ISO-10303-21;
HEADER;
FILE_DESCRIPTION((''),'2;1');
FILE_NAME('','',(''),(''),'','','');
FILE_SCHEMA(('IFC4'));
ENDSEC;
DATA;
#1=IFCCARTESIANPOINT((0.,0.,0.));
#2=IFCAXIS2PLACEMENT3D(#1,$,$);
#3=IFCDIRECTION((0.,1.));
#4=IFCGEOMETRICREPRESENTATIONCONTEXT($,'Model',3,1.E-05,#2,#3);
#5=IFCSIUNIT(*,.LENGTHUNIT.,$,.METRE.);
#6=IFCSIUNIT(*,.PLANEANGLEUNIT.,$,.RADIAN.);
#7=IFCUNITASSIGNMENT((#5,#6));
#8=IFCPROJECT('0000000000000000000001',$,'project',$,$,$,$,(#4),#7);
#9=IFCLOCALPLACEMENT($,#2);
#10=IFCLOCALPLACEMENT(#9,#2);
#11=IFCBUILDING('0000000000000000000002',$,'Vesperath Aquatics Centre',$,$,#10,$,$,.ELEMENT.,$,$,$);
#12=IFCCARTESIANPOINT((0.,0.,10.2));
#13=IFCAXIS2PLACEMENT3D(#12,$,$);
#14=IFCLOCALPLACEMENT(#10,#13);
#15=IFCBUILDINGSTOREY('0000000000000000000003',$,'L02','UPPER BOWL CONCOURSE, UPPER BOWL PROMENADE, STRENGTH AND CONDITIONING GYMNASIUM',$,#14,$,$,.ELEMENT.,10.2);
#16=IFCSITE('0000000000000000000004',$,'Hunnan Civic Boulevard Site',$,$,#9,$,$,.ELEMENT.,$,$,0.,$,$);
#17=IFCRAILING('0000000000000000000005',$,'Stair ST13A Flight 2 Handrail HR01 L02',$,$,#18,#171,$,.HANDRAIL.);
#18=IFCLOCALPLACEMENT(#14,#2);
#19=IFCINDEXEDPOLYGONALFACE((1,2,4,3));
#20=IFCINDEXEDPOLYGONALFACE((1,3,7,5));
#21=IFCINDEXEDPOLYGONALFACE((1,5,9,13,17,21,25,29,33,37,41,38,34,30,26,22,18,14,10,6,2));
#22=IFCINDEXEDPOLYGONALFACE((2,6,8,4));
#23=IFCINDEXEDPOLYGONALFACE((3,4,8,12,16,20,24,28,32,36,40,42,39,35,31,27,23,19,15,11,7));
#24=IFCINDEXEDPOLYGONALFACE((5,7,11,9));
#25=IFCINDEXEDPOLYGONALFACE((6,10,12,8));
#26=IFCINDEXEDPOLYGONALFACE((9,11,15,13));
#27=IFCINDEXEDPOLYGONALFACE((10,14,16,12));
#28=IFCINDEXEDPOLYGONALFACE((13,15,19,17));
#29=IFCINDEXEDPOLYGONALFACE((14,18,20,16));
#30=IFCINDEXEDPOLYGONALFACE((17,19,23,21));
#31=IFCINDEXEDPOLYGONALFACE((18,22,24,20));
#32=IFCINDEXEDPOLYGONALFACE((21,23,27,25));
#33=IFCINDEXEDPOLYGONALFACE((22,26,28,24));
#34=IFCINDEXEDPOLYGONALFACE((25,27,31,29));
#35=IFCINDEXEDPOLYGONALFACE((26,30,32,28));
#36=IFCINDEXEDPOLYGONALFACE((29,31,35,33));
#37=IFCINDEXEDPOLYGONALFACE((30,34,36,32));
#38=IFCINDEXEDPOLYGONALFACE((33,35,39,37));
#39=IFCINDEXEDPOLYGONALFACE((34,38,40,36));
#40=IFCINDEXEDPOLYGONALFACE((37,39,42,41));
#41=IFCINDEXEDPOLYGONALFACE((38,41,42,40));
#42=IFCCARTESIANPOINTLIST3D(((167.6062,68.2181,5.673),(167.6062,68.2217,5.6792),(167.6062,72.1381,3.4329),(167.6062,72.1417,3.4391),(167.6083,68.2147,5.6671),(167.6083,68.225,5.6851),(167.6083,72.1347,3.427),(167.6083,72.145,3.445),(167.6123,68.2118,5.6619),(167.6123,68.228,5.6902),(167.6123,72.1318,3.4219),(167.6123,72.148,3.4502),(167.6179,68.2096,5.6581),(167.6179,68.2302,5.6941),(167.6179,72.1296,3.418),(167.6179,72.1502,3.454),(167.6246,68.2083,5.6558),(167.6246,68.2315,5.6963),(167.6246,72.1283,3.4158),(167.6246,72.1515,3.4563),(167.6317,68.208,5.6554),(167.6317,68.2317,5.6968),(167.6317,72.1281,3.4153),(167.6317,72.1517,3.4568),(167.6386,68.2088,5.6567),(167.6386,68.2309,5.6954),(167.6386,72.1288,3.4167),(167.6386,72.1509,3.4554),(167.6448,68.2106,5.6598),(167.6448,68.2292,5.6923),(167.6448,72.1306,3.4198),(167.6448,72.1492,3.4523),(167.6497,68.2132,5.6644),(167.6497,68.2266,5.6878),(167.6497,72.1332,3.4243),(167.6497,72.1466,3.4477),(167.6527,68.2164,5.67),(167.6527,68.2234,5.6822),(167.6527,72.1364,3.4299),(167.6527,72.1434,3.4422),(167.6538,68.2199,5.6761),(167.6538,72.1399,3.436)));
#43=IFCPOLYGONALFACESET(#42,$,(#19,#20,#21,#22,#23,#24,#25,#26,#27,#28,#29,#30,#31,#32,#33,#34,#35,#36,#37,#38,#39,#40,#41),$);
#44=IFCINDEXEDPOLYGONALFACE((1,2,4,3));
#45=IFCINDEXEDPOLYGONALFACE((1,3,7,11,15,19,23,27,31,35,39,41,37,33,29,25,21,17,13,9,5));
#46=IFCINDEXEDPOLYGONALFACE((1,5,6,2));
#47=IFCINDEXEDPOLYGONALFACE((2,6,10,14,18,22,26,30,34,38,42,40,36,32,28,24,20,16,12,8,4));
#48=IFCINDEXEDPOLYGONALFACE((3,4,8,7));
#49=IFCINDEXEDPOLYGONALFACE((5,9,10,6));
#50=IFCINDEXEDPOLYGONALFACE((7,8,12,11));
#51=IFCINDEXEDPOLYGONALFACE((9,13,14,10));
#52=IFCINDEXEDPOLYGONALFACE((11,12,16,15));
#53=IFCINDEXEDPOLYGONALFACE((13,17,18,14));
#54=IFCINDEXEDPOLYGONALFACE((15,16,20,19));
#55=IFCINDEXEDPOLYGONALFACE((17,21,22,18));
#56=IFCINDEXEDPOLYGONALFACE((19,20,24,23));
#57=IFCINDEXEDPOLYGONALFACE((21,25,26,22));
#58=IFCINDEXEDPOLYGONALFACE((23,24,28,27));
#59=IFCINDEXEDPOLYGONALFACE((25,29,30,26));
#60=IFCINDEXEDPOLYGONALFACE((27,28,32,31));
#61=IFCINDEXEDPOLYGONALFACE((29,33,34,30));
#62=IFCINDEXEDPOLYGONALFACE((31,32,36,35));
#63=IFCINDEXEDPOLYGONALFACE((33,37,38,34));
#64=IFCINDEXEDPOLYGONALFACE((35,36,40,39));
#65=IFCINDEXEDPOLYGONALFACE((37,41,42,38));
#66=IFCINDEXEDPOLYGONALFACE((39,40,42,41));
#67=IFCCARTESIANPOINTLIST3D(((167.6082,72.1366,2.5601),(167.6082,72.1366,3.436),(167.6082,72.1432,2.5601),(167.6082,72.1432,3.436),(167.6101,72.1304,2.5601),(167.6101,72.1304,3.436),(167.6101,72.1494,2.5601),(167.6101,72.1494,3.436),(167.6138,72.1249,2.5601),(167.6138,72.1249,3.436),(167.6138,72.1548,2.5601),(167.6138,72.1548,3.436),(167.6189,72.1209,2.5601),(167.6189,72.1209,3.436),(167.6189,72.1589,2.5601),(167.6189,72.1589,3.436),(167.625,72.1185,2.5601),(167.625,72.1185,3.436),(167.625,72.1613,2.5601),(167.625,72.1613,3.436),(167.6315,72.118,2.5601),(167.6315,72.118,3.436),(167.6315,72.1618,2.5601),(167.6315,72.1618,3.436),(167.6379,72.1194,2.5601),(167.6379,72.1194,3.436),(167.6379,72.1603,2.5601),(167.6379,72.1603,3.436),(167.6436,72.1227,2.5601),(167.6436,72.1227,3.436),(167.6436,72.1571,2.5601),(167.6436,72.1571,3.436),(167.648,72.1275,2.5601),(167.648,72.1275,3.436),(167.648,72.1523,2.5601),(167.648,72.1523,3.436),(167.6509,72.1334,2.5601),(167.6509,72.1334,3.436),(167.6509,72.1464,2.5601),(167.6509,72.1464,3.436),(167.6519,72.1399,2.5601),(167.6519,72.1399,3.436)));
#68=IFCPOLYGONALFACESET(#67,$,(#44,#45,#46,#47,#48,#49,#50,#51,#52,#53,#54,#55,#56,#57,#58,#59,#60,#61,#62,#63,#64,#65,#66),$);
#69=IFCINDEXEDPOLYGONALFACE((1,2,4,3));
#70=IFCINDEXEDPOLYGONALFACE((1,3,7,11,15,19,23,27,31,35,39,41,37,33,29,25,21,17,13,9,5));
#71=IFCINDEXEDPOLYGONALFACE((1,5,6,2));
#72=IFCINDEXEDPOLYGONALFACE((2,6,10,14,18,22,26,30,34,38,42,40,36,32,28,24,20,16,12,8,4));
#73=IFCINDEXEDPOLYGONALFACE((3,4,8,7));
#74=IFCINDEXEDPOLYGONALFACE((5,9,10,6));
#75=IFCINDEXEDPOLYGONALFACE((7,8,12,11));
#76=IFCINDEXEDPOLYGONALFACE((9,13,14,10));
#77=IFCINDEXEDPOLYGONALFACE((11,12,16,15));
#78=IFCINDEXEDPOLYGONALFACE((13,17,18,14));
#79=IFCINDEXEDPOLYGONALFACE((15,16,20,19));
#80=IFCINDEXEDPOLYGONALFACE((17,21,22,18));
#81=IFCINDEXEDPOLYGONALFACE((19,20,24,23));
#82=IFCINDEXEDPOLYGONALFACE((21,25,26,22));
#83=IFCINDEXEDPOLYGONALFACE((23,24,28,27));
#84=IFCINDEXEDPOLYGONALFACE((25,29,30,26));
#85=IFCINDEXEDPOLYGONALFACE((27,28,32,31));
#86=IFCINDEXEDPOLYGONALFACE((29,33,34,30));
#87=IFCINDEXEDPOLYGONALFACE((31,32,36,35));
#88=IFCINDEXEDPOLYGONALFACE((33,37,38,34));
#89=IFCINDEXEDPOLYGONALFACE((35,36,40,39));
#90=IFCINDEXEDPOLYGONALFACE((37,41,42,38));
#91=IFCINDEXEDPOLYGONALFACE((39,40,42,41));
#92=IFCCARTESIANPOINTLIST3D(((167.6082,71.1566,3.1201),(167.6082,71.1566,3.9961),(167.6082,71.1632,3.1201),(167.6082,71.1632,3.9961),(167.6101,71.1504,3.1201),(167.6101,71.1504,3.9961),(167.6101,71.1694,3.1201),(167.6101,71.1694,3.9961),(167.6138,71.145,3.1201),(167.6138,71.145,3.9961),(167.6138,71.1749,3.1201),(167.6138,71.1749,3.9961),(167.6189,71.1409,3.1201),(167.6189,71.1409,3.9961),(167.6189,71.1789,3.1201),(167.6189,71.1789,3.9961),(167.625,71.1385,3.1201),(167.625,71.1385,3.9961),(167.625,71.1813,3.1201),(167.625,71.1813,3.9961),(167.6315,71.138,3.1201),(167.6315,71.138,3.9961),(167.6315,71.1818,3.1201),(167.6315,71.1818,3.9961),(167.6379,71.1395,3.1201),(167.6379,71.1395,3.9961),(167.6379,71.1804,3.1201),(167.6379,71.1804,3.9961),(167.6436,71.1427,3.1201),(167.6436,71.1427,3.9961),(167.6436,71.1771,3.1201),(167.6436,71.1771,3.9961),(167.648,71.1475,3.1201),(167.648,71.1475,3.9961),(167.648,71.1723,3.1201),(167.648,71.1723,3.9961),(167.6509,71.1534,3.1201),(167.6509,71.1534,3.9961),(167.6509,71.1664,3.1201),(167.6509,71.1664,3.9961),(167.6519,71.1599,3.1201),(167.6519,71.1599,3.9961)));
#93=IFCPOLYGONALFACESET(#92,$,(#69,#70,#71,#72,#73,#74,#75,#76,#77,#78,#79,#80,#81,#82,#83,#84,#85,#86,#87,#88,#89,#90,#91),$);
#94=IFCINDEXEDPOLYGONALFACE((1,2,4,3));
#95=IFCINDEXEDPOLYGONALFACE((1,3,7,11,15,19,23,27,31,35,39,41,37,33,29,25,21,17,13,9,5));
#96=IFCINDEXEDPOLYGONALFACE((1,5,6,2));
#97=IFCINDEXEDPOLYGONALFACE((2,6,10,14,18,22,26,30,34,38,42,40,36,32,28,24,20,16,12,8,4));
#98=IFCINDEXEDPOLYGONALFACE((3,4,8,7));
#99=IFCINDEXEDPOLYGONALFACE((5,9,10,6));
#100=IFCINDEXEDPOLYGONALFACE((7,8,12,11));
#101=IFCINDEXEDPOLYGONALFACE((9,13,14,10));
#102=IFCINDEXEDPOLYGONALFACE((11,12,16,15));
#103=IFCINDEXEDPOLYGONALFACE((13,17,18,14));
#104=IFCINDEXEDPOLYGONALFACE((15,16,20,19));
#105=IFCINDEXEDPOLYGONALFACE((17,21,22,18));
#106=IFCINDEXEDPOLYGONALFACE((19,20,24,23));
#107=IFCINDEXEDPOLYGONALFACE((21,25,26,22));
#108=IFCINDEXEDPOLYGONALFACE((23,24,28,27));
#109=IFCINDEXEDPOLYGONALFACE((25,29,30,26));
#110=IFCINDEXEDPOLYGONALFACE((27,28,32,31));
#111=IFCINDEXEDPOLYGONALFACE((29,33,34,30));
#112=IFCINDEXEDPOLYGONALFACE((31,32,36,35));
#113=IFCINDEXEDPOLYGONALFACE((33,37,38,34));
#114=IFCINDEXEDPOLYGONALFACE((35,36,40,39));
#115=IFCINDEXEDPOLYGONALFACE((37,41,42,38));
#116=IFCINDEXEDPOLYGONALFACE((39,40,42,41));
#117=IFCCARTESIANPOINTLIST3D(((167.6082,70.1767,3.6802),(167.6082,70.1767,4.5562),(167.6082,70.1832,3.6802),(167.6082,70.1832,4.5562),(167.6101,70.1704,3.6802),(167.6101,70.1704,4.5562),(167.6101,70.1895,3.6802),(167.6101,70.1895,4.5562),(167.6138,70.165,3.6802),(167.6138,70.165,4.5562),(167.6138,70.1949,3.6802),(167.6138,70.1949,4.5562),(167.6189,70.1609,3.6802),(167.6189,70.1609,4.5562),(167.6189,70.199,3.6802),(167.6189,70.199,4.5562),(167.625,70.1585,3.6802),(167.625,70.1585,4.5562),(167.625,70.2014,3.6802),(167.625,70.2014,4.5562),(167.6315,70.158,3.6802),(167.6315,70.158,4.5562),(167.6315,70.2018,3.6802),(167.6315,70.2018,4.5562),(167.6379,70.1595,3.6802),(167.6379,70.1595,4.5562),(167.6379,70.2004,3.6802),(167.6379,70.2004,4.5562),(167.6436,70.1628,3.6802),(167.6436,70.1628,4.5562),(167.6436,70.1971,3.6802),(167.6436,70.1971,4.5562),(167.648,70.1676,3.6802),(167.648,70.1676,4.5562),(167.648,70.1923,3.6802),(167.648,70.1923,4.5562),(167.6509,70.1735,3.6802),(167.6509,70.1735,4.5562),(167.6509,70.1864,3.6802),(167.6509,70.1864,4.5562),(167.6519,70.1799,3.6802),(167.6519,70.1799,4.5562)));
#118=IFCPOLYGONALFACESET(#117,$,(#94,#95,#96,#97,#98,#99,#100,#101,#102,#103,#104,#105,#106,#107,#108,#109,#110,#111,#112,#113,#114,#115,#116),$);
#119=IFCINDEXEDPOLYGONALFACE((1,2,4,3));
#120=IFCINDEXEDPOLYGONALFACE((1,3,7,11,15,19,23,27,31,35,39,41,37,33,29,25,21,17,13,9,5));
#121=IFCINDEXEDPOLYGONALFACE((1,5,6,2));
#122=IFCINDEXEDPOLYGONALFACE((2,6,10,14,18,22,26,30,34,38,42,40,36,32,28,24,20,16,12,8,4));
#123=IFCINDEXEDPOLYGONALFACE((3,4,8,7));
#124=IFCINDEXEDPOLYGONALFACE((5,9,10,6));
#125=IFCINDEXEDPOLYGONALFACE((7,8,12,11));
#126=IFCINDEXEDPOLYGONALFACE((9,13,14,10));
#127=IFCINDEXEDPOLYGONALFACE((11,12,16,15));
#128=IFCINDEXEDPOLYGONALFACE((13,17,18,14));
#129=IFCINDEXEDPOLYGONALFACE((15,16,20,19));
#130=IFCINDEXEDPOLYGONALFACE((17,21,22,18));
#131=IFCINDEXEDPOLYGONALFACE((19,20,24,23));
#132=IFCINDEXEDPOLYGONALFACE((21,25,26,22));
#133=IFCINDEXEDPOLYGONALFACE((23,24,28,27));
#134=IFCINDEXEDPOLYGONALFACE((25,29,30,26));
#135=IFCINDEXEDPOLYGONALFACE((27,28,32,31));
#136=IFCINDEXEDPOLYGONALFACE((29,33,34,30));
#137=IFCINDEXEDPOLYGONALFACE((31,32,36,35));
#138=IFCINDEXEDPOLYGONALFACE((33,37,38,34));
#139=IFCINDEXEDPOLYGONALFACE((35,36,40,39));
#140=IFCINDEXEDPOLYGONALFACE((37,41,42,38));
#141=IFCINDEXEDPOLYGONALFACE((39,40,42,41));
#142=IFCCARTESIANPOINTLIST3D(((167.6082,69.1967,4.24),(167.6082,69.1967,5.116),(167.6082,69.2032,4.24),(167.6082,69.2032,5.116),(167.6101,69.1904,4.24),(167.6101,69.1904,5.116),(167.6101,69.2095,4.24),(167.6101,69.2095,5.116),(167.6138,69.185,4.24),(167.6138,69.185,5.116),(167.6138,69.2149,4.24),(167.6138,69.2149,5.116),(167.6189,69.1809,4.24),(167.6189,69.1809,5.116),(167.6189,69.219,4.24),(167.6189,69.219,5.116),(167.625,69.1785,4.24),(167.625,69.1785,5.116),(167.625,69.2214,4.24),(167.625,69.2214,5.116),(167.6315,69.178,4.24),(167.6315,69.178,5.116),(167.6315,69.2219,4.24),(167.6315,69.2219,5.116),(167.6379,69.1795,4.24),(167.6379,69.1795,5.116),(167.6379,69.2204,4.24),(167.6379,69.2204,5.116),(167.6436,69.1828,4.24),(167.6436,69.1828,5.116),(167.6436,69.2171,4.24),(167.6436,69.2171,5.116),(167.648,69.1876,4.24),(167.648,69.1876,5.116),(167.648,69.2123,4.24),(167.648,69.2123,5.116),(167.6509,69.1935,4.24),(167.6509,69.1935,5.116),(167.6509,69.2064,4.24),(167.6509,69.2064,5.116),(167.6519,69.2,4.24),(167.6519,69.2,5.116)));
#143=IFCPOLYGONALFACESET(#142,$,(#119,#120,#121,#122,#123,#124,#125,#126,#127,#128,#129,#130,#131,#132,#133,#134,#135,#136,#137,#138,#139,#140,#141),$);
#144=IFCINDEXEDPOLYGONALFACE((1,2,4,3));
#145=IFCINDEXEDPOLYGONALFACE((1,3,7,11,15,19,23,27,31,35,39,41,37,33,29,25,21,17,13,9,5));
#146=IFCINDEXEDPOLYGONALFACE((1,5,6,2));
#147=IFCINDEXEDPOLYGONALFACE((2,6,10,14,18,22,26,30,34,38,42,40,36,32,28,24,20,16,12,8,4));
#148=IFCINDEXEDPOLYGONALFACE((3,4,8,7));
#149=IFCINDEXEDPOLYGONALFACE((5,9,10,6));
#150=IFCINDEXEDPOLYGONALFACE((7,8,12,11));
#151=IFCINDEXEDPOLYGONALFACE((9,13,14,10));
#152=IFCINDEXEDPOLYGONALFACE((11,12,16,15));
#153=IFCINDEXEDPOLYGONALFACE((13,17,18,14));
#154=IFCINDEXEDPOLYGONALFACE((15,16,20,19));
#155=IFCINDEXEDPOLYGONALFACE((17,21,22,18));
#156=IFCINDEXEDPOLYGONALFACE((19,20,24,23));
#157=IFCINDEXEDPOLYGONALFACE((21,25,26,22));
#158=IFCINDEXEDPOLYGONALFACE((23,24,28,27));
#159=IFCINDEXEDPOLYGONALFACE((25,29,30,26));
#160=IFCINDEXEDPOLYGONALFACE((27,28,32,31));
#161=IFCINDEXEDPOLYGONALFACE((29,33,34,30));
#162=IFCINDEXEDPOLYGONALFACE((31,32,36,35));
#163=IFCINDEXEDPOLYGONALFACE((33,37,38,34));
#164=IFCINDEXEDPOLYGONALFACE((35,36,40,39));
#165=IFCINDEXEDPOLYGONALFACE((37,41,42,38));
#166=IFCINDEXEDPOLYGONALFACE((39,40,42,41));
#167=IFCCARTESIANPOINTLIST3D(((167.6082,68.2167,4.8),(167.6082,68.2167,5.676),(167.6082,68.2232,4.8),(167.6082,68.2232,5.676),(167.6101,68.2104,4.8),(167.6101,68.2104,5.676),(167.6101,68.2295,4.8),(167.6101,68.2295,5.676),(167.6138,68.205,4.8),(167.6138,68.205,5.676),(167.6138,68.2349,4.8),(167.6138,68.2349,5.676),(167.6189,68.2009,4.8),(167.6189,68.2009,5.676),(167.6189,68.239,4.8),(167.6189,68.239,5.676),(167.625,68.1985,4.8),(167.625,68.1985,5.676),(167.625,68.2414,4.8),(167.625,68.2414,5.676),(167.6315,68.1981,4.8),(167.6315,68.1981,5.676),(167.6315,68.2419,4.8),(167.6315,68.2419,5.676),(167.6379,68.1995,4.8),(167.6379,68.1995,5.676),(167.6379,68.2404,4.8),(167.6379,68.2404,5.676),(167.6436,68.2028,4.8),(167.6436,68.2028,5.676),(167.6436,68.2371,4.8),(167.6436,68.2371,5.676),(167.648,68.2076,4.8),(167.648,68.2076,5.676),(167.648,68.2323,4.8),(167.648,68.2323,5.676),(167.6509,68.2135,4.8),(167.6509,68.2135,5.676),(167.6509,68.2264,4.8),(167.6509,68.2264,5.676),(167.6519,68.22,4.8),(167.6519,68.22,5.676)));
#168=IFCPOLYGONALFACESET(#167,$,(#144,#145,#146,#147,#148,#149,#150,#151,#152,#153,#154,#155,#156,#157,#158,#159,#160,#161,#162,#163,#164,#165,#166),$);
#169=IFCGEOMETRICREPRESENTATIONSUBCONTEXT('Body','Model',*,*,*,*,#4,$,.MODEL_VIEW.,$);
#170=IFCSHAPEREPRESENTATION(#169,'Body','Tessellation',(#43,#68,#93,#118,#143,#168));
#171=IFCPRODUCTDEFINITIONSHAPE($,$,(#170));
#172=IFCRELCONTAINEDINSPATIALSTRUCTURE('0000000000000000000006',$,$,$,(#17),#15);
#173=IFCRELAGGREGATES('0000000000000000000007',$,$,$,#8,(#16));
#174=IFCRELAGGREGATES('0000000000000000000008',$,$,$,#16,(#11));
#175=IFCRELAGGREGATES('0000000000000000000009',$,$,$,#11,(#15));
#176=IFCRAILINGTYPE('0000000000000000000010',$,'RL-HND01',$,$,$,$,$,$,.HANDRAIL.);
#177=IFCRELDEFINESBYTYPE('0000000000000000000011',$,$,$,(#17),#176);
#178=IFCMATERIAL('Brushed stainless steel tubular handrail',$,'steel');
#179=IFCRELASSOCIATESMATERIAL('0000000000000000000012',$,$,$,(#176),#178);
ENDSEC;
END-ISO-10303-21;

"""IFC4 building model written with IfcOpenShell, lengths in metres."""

from ifc_helpers import new_model, si_unit, direction, frame, origin, origin_2d, place, context, subcontext, project, spatial, circle, extrude, material, type_object, element, save


model = new_model("IFC4")

# Units and contexts
model_context = context("Model", 3, precision=1e-05, world=origin(), true_north=direction((0.0, 1.0)))
body_context = subcontext(model_context, "Body", "Model", "MODEL_VIEW")
ifc_project = project(units=[si_unit("LENGTHUNIT", "METRE"), si_unit("PLANEANGLEUNIT", "RADIAN")], contexts=[model_context])

# Site, building, storey
site_placement = place(None, origin())
site = spatial("IfcSite", under=ifc_project, at=site_placement, Name="Hunnan Civic Boulevard Site", CompositionType="ELEMENT", RefElevation=0.0)
building_placement = place(site_placement, origin())
building = spatial("IfcBuilding", under=site, at=building_placement, Name="Vesperath Aquatics Centre", CompositionType="ELEMENT")
storey_placement = place(building_placement, frame((0.0, 0.0, 10.2)))
storey = spatial("IfcBuildingStorey", under=building, at=storey_placement, Name="L02", Description="UPPER BOWL CONCOURSE, UPPER BOWL PROMENADE, STRENGTH AND CONDITIONING GYMNASIUM", CompositionType="ELEMENT", Elevation=10.2)

# Railing
ifc_material_1 = material(Name="Brushed stainless steel tubular handrail", Category="steel")
railing_type_1 = type_object("IfcRailingType", Name="RL-HND01", PredefinedType="HANDRAIL", material=ifc_material_1)
railing_1_placement = place(storey_placement, frame((167.6299, 72.1399, 2.5601)))
element("IfcRailing", 1, at=railing_1_placement, inside=storey, type_object=railing_type_1, Name="Stair ST13A Flight 2 Handrail HR01 L02", PredefinedType="HANDRAIL", context=body_context, shape_type="SweptSolid", body=[
    extrude(circle(Radius=0.0239, at=origin_2d()), frame((0.0, 0.0, 0.876), z_axis=(0.0, -0.86824, 0.496145), x_axis=(1.0, 0.0, 0.0)), (0.0, 0.0, 1.0), 4.5149),
    extrude(circle(Radius=0.022, at=origin_2d()), origin(), (0.0, 0.0, 1.0), 0.876),
    extrude(circle(Radius=0.022, at=origin_2d()), frame((0.0, -0.98, 0.5601)), (0.0, 0.0, 1.0), 0.876),
    extrude(circle(Radius=0.022, at=origin_2d()), frame((0.0, -1.96, 1.1201)), (0.0, 0.0, 1.0), 0.876),
    extrude(circle(Radius=0.022, at=origin_2d()), frame((0.0, -2.9399, 1.6799)), (0.0, 0.0, 1.0), 0.876),
    extrude(circle(Radius=0.022, at=origin_2d()), frame((0.0, -3.9199, 2.24)), (0.0, 0.0, 1.0), 0.876),
])

save(model, "model.ifc")
